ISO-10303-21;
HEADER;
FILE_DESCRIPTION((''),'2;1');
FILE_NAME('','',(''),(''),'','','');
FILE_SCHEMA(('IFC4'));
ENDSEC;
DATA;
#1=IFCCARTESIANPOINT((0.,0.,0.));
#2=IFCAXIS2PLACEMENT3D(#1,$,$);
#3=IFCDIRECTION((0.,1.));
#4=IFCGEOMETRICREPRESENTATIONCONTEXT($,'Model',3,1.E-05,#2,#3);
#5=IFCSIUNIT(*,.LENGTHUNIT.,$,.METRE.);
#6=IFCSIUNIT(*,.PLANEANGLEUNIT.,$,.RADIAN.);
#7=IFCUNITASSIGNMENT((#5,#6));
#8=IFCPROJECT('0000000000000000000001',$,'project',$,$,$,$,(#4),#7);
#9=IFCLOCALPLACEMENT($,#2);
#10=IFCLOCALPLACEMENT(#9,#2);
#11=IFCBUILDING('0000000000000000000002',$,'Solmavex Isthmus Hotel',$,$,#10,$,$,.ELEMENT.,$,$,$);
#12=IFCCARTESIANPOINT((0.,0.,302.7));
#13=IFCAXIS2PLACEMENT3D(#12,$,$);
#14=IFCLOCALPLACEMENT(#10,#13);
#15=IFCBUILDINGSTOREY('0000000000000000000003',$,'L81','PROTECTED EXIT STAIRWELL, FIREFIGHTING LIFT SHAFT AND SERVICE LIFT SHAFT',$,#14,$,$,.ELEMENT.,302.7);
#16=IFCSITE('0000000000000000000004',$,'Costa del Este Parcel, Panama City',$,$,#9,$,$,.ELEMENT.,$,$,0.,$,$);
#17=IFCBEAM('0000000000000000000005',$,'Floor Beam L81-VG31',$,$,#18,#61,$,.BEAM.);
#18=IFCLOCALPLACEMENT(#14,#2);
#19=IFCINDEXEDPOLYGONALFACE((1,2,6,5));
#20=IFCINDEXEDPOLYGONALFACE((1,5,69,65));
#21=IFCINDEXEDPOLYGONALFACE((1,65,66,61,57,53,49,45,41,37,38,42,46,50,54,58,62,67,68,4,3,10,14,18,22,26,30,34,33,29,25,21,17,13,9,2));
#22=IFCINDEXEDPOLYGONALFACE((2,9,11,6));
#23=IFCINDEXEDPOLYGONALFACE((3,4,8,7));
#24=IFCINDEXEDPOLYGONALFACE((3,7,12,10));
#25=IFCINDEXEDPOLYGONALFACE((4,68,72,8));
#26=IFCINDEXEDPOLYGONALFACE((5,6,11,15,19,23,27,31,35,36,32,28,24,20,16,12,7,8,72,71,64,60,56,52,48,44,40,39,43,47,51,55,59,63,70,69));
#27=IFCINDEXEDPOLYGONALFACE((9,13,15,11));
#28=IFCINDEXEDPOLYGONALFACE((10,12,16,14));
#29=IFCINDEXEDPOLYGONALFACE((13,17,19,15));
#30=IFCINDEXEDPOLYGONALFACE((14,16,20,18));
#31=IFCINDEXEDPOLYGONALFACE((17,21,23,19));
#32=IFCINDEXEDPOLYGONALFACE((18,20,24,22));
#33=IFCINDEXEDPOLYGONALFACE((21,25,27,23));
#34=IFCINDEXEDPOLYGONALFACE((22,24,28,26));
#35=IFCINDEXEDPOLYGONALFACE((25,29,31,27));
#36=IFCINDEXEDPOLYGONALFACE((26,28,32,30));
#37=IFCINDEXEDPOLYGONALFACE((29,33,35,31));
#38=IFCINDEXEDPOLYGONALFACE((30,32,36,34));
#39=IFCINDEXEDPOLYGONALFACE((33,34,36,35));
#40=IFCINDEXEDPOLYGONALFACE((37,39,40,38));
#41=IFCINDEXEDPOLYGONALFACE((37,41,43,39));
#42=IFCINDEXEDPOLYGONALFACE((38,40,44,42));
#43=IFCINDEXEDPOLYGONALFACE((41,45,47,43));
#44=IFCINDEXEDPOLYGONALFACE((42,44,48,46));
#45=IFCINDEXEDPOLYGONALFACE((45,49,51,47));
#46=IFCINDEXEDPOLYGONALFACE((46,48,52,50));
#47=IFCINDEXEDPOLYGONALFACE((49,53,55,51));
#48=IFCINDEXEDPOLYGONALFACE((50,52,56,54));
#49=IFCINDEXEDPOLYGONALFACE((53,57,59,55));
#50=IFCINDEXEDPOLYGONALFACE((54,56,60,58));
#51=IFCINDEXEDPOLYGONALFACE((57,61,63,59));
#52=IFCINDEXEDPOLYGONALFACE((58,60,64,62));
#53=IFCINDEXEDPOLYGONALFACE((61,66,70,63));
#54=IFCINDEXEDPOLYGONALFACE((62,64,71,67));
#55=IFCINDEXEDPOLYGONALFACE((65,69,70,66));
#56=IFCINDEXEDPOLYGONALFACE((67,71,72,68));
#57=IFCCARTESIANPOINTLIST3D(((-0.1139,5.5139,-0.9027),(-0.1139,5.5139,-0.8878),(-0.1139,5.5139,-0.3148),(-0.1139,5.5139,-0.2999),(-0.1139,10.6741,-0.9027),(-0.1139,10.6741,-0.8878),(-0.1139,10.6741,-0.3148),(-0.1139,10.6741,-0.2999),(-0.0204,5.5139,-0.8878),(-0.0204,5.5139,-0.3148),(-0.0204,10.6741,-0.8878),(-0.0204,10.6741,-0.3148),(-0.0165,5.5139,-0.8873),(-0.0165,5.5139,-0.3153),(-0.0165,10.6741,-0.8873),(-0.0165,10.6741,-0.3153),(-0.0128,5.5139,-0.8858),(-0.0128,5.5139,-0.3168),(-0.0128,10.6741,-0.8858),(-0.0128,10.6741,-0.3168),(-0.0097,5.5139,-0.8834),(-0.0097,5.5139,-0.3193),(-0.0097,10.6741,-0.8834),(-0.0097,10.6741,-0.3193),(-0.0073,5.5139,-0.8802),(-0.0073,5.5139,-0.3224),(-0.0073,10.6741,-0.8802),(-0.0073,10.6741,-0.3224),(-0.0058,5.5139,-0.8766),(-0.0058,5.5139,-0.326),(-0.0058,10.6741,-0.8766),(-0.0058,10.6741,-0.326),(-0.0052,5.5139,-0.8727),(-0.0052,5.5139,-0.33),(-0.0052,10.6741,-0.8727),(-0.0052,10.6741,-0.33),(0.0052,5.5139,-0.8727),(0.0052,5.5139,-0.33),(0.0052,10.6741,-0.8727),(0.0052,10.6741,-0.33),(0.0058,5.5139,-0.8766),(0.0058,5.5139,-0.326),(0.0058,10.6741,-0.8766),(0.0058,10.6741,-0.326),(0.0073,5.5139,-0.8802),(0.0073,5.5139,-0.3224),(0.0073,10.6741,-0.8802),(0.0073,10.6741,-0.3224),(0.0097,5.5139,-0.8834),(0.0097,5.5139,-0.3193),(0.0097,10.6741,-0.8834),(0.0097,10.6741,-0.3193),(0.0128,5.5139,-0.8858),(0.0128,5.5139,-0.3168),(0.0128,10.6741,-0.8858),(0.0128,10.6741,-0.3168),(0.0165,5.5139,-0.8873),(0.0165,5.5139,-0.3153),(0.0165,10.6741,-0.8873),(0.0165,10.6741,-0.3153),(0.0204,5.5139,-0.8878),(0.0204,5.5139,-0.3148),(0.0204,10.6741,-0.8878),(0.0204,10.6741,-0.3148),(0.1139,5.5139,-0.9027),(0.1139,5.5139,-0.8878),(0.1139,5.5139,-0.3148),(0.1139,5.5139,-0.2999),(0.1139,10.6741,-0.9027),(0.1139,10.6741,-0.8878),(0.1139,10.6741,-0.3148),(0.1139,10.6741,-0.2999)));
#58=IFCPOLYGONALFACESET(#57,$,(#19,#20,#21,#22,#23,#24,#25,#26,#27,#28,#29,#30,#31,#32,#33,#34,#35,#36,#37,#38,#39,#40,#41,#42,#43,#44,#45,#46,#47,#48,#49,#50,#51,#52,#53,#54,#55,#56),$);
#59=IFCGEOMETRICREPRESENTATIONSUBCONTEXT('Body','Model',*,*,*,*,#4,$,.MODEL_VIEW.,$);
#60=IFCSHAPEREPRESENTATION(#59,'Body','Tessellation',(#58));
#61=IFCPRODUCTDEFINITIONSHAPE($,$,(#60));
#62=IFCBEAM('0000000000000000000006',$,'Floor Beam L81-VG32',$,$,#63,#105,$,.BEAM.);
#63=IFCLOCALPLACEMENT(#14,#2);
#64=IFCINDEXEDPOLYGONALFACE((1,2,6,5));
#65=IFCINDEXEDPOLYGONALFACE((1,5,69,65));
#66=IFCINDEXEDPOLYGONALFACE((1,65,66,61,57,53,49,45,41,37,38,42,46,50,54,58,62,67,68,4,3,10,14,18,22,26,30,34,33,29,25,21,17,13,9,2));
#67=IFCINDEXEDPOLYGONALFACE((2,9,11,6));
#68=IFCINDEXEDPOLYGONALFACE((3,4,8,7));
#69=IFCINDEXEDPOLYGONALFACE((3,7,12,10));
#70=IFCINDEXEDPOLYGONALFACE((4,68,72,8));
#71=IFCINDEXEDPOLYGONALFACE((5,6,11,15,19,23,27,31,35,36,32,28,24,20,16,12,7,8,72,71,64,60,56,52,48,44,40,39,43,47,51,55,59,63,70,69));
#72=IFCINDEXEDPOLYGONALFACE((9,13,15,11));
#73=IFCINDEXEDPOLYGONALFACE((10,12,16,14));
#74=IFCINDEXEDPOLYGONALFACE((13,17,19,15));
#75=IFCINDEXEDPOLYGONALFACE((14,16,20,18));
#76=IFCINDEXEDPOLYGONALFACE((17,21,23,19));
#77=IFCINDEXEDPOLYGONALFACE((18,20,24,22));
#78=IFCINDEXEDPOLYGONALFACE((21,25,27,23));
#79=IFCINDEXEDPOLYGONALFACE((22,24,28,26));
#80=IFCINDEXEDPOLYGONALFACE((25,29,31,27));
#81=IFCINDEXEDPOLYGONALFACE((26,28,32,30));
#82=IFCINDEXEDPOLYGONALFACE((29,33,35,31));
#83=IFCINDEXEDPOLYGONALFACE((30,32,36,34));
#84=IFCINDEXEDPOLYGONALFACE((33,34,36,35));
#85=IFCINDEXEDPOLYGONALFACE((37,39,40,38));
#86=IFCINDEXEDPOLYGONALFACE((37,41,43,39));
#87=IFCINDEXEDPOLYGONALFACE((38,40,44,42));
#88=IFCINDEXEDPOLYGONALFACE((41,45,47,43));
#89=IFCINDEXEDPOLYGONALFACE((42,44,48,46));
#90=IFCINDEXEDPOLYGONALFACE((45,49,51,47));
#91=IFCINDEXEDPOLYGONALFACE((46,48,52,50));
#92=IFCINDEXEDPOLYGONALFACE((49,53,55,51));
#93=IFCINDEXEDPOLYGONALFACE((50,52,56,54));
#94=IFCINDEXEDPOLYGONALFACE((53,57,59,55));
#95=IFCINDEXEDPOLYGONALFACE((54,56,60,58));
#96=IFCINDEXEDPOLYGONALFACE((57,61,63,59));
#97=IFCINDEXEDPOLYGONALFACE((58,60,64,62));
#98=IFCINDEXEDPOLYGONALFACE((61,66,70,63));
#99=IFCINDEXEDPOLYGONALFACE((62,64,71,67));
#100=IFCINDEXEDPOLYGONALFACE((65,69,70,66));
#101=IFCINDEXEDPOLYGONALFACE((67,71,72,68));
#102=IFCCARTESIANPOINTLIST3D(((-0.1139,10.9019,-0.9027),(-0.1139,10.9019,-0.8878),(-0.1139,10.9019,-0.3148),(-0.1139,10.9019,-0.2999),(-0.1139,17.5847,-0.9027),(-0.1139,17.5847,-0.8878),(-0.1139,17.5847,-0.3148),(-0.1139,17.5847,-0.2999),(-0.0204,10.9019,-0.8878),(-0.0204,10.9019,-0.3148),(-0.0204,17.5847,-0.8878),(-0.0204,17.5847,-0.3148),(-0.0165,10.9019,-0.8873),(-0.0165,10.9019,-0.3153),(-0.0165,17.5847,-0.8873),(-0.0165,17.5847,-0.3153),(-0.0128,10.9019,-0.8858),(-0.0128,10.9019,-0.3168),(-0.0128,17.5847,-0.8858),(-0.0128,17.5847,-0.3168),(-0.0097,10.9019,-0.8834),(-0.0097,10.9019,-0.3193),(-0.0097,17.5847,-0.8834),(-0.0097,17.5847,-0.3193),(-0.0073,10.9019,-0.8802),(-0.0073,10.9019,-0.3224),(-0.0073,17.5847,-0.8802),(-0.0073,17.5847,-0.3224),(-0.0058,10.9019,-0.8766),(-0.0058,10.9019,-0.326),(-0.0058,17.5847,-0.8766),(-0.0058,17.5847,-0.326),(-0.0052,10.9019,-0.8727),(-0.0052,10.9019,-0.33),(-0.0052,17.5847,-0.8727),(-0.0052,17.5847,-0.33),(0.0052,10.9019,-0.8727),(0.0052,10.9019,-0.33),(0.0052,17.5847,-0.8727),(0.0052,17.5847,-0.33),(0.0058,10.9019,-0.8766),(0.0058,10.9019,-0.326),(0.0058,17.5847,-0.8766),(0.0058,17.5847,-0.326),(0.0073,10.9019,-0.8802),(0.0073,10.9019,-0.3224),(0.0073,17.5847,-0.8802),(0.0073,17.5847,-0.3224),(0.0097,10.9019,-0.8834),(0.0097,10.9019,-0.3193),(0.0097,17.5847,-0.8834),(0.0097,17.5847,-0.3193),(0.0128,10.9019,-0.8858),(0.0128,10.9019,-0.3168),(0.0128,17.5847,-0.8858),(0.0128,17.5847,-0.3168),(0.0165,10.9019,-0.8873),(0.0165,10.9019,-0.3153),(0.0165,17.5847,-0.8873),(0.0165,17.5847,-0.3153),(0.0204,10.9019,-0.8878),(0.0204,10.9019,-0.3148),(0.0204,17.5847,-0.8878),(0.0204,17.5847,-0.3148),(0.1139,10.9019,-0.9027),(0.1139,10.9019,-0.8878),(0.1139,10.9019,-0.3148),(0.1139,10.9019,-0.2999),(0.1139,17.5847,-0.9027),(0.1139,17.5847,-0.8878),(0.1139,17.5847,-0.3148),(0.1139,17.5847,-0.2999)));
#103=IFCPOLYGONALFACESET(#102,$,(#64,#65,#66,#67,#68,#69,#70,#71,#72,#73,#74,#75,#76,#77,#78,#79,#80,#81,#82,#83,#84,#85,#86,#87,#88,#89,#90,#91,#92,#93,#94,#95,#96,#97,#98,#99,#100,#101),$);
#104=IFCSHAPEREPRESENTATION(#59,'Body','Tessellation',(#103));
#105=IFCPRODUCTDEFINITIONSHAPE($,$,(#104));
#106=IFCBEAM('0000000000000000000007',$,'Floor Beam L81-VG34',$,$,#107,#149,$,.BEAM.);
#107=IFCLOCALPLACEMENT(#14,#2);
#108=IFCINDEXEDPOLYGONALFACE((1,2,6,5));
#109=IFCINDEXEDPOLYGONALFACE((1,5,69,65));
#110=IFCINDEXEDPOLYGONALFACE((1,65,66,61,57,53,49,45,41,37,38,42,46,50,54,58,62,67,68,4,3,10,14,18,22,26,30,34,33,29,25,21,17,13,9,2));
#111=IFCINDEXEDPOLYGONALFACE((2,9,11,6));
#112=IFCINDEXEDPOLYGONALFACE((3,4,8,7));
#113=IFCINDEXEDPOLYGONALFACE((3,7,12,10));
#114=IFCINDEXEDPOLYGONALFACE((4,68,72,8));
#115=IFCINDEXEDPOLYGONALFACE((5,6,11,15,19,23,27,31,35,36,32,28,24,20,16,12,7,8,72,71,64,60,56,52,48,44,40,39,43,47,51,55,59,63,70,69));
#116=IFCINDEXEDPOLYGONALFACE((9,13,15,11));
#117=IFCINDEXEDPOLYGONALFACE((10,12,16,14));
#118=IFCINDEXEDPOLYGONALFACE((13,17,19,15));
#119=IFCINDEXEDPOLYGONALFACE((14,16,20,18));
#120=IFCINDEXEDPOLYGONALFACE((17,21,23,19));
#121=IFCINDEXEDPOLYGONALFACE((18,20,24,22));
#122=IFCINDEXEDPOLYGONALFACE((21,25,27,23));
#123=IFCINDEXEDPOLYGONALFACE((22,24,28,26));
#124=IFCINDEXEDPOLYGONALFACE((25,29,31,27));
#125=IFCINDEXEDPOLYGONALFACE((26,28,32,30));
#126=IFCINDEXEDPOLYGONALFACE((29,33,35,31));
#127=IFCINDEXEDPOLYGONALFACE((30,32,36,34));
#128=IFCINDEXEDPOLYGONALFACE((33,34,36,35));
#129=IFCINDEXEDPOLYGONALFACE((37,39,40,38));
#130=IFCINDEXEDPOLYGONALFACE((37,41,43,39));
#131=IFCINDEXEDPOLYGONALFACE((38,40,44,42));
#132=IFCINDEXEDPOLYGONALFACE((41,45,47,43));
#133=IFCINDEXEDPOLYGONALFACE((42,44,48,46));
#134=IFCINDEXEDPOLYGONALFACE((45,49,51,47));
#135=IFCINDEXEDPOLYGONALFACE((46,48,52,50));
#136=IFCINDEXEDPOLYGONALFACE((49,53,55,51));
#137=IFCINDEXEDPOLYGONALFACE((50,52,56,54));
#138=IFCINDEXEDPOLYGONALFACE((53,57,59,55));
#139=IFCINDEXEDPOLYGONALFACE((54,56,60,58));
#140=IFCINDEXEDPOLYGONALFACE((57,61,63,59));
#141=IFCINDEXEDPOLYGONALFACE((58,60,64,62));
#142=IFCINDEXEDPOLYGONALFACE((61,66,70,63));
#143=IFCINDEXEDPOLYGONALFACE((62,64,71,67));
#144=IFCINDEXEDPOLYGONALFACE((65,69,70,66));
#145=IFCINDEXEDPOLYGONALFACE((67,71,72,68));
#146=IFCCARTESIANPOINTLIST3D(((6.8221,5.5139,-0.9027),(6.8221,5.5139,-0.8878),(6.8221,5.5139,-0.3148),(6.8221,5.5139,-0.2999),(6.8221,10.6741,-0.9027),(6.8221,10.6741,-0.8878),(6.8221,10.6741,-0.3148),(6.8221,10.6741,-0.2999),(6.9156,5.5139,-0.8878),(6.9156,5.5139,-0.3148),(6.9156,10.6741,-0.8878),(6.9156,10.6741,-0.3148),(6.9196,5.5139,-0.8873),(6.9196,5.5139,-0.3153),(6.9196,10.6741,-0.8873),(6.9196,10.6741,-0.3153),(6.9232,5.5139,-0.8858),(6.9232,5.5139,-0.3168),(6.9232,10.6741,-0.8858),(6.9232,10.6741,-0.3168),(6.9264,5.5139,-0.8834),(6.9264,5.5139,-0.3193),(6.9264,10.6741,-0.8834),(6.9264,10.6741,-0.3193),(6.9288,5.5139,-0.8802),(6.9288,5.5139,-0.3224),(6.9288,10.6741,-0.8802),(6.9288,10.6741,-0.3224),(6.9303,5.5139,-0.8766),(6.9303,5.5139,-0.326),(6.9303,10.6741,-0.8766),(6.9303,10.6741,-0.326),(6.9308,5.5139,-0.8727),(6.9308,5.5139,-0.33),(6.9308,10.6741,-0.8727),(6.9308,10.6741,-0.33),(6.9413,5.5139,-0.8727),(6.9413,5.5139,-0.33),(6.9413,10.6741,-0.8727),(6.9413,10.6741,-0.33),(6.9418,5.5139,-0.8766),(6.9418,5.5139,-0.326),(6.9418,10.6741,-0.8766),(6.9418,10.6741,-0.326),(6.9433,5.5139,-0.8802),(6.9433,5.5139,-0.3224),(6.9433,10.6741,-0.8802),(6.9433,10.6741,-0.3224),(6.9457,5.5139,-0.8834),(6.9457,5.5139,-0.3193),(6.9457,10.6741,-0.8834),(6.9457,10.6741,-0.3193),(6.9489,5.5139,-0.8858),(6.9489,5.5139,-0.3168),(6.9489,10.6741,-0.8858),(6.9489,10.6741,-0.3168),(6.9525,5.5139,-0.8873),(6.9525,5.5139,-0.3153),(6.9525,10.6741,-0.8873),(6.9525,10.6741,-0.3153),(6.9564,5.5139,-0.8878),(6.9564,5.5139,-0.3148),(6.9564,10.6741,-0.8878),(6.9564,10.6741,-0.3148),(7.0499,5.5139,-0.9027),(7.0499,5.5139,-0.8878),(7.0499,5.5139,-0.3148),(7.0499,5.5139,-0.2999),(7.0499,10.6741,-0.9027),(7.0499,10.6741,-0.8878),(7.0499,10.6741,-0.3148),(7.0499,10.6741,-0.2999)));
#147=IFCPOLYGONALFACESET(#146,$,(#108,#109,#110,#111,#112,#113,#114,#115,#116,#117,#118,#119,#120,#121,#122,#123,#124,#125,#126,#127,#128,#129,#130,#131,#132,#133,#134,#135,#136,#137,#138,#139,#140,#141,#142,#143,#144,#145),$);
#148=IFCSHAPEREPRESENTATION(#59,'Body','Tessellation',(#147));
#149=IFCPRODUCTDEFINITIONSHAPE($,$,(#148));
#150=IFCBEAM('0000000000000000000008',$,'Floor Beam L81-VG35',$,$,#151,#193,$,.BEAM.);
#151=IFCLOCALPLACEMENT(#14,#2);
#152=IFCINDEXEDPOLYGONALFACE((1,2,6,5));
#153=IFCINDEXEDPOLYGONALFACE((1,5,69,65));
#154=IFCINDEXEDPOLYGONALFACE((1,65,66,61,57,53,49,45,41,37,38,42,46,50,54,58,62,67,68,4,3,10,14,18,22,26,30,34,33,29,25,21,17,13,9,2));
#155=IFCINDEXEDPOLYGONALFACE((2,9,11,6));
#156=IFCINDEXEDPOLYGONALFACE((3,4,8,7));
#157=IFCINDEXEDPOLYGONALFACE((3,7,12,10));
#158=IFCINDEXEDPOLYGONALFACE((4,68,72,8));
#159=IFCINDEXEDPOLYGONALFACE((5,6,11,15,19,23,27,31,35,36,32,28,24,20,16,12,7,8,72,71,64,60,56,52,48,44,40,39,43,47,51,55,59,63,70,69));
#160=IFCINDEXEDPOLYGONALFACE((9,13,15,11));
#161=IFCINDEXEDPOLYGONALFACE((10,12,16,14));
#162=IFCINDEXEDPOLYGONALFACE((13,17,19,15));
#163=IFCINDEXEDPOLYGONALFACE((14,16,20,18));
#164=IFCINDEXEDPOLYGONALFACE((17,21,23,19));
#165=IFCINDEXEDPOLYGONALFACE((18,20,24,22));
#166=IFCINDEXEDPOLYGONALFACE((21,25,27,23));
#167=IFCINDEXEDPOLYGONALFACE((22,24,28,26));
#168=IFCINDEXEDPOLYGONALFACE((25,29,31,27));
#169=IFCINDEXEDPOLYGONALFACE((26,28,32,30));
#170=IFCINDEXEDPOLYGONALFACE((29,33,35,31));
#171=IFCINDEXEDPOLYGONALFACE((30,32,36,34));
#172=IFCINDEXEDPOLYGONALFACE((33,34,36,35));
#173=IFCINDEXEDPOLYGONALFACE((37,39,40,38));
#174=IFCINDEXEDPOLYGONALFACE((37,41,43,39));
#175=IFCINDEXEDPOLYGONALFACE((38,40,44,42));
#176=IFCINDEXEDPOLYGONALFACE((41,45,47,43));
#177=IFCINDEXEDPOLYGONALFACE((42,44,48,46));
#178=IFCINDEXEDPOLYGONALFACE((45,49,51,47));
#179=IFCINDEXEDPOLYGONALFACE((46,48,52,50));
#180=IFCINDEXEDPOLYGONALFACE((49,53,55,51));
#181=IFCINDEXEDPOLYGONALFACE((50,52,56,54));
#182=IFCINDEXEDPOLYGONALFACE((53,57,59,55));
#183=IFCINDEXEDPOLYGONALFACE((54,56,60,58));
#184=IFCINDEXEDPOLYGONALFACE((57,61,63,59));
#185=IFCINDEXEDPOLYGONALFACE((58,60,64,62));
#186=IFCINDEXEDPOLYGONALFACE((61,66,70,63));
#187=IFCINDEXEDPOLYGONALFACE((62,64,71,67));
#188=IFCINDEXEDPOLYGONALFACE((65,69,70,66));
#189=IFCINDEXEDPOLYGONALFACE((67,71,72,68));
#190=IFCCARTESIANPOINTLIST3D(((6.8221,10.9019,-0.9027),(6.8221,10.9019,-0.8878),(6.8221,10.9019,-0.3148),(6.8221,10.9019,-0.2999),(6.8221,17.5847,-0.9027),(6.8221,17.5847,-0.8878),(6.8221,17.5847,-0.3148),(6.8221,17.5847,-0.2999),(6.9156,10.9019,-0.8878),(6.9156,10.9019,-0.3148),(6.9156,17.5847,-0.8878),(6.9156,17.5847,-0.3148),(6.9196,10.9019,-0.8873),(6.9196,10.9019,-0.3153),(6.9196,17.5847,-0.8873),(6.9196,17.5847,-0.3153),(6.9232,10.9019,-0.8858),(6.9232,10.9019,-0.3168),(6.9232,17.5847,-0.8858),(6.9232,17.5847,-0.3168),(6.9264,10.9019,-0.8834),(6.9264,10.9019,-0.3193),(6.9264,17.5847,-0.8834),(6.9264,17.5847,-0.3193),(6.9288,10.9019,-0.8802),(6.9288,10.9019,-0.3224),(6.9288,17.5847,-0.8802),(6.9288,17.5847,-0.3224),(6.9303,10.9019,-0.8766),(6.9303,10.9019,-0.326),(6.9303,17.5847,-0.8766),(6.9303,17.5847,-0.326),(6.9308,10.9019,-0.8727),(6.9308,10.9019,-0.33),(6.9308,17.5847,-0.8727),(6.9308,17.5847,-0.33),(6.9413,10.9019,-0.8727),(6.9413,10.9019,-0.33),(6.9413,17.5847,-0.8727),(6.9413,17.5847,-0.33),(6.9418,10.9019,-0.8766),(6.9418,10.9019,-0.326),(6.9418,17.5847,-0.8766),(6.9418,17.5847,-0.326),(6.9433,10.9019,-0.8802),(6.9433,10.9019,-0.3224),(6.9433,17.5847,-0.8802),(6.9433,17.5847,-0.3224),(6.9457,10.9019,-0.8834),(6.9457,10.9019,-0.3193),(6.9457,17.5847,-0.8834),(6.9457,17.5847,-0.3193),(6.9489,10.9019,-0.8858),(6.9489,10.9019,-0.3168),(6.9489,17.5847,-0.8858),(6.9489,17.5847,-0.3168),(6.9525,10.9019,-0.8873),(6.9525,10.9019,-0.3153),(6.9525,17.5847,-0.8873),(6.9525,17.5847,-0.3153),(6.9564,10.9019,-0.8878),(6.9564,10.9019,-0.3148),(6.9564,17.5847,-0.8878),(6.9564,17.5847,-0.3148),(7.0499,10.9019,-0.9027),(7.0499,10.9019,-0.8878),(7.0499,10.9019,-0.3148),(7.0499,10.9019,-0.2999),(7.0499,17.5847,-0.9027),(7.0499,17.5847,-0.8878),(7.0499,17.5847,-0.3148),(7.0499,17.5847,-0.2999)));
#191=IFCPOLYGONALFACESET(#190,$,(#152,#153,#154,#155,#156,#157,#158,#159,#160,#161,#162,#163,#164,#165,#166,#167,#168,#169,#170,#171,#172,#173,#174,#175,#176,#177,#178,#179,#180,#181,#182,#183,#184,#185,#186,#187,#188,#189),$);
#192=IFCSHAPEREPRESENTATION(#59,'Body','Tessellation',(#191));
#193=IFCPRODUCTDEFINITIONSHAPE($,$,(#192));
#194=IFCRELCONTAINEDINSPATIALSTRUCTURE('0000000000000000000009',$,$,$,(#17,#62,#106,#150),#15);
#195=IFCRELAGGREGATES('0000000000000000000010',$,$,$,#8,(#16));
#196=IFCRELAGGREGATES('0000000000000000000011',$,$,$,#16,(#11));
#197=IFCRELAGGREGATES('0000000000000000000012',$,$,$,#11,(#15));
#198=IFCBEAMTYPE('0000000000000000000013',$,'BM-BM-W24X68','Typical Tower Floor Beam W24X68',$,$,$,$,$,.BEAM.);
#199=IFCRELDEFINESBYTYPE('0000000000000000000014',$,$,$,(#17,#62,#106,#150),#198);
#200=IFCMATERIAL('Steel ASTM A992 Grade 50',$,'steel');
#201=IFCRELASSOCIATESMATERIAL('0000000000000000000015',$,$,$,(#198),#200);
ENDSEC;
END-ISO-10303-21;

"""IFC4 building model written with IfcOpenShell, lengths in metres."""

from ifc_helpers import new_model, si_unit, direction, frame, origin, origin_2d, place, context, subcontext, project, spatial, i_section, extrude, material, material_profile, profile_set, type_object, element, save


model = new_model("IFC4")

# Units and contexts
model_context = context("Model", 3, precision=1e-05, world=origin(), true_north=direction((0.0, 1.0)))
body_context = subcontext(model_context, "Body", "Model", "MODEL_VIEW")
ifc_project = project(units=[si_unit("LENGTHUNIT", "METRE"), si_unit("PLANEANGLEUNIT", "RADIAN")], contexts=[model_context])

# Site, building, storey
site_placement = place(None, origin())
site = spatial("IfcSite", under=ifc_project, at=site_placement, Name="Costa del Este Parcel, Panama City", CompositionType="ELEMENT", RefElevation=0.0)
building_placement = place(site_placement, origin())
building = spatial("IfcBuilding", under=site, at=building_placement, Name="Solmavex Isthmus Hotel", CompositionType="ELEMENT")
storey_placement = place(building_placement, frame((0.0, 0.0, 302.7)))
storey = spatial("IfcBuildingStorey", under=building, at=storey_placement, Name="L81", Description="PROTECTED EXIT STAIRWELL, FIREFIGHTING LIFT SHAFT AND SERVICE LIFT SHAFT", CompositionType="ELEMENT", Elevation=302.7)

# Beams
ifc_material_1 = material(Name="Steel ASTM A992 Grade 50", Category="steel")
ifc_material_profile_1 = material_profile(ifc_material_1, i_section(OverallWidth=0.2278, OverallDepth=0.6028, WebThickness=0.0105, FlangeThickness=0.0149, FilletRadius=0.0151, at=origin_2d()), Name="W24X68")
ifc_profile_set_1 = profile_set([ifc_material_profile_1], Name="Steel ASTM A992 Grade 50")
beam_type_1 = type_object("IfcBeamType", Name="BM-BM-W24X68", Description="Typical Tower Floor Beam W24X68", PredefinedType="BEAM", material=ifc_profile_set_1)
beam_1_placement = place(storey_placement, frame((0.0, 5.5139, -0.6013), z_axis=(0.0, 1.0, 0.0), x_axis=(-1.0, 0.0, 0.0)))
element("IfcBeam", 1, at=beam_1_placement, inside=storey, type_object=beam_type_1, Name="Floor Beam L81-VG31", PredefinedType="BEAM", context=body_context, shape_type="SweptSolid", body=[
    extrude(i_section(OverallWidth=0.2278, OverallDepth=0.6028, WebThickness=0.0105, FlangeThickness=0.0149, FilletRadius=0.0151, at=origin_2d()), origin(), (0.0, 0.0, 1.0), 5.1602),
])
beam_2_placement = place(storey_placement, frame((0.0, 10.9019, -0.6013), z_axis=(0.0, 1.0, 0.0), x_axis=(-1.0, 0.0, 0.0)))
element("IfcBeam", 2, at=beam_2_placement, inside=storey, type_object=beam_type_1, Name="Floor Beam L81-VG32", PredefinedType="BEAM", context=body_context, shape_type="SweptSolid", body=[
    extrude(i_section(OverallWidth=0.2278, OverallDepth=0.6028, WebThickness=0.0105, FlangeThickness=0.0149, FilletRadius=0.0151, at=origin_2d()), origin(), (0.0, 0.0, 1.0), 6.6829),
])
beam_3_placement = place(storey_placement, frame((6.936, 5.5139, -0.6013), z_axis=(0.0, 1.0, 0.0), x_axis=(-1.0, 0.0, 0.0)))
element("IfcBeam", 3, at=beam_3_placement, inside=storey, type_object=beam_type_1, Name="Floor Beam L81-VG34", PredefinedType="BEAM", context=body_context, shape_type="SweptSolid", body=[
    extrude(i_section(OverallWidth=0.2278, OverallDepth=0.6028, WebThickness=0.0105, FlangeThickness=0.0149, FilletRadius=0.0151, at=origin_2d()), origin(), (0.0, 0.0, 1.0), 5.1602),
])
beam_4_placement = place(storey_placement, frame((6.936, 10.9019, -0.6013), z_axis=(0.0, 1.0, 0.0), x_axis=(-1.0, 0.0, 0.0)))
element("IfcBeam", 4, at=beam_4_placement, inside=storey, type_object=beam_type_1, Name="Floor Beam L81-VG35", PredefinedType="BEAM", context=body_context, shape_type="SweptSolid", body=[
    extrude(i_section(OverallWidth=0.2278, OverallDepth=0.6028, WebThickness=0.0105, FlangeThickness=0.0149, FilletRadius=0.0151, at=origin_2d()), origin(), (0.0, 0.0, 1.0), 6.6829),
])

save(model, "model.ifc")
